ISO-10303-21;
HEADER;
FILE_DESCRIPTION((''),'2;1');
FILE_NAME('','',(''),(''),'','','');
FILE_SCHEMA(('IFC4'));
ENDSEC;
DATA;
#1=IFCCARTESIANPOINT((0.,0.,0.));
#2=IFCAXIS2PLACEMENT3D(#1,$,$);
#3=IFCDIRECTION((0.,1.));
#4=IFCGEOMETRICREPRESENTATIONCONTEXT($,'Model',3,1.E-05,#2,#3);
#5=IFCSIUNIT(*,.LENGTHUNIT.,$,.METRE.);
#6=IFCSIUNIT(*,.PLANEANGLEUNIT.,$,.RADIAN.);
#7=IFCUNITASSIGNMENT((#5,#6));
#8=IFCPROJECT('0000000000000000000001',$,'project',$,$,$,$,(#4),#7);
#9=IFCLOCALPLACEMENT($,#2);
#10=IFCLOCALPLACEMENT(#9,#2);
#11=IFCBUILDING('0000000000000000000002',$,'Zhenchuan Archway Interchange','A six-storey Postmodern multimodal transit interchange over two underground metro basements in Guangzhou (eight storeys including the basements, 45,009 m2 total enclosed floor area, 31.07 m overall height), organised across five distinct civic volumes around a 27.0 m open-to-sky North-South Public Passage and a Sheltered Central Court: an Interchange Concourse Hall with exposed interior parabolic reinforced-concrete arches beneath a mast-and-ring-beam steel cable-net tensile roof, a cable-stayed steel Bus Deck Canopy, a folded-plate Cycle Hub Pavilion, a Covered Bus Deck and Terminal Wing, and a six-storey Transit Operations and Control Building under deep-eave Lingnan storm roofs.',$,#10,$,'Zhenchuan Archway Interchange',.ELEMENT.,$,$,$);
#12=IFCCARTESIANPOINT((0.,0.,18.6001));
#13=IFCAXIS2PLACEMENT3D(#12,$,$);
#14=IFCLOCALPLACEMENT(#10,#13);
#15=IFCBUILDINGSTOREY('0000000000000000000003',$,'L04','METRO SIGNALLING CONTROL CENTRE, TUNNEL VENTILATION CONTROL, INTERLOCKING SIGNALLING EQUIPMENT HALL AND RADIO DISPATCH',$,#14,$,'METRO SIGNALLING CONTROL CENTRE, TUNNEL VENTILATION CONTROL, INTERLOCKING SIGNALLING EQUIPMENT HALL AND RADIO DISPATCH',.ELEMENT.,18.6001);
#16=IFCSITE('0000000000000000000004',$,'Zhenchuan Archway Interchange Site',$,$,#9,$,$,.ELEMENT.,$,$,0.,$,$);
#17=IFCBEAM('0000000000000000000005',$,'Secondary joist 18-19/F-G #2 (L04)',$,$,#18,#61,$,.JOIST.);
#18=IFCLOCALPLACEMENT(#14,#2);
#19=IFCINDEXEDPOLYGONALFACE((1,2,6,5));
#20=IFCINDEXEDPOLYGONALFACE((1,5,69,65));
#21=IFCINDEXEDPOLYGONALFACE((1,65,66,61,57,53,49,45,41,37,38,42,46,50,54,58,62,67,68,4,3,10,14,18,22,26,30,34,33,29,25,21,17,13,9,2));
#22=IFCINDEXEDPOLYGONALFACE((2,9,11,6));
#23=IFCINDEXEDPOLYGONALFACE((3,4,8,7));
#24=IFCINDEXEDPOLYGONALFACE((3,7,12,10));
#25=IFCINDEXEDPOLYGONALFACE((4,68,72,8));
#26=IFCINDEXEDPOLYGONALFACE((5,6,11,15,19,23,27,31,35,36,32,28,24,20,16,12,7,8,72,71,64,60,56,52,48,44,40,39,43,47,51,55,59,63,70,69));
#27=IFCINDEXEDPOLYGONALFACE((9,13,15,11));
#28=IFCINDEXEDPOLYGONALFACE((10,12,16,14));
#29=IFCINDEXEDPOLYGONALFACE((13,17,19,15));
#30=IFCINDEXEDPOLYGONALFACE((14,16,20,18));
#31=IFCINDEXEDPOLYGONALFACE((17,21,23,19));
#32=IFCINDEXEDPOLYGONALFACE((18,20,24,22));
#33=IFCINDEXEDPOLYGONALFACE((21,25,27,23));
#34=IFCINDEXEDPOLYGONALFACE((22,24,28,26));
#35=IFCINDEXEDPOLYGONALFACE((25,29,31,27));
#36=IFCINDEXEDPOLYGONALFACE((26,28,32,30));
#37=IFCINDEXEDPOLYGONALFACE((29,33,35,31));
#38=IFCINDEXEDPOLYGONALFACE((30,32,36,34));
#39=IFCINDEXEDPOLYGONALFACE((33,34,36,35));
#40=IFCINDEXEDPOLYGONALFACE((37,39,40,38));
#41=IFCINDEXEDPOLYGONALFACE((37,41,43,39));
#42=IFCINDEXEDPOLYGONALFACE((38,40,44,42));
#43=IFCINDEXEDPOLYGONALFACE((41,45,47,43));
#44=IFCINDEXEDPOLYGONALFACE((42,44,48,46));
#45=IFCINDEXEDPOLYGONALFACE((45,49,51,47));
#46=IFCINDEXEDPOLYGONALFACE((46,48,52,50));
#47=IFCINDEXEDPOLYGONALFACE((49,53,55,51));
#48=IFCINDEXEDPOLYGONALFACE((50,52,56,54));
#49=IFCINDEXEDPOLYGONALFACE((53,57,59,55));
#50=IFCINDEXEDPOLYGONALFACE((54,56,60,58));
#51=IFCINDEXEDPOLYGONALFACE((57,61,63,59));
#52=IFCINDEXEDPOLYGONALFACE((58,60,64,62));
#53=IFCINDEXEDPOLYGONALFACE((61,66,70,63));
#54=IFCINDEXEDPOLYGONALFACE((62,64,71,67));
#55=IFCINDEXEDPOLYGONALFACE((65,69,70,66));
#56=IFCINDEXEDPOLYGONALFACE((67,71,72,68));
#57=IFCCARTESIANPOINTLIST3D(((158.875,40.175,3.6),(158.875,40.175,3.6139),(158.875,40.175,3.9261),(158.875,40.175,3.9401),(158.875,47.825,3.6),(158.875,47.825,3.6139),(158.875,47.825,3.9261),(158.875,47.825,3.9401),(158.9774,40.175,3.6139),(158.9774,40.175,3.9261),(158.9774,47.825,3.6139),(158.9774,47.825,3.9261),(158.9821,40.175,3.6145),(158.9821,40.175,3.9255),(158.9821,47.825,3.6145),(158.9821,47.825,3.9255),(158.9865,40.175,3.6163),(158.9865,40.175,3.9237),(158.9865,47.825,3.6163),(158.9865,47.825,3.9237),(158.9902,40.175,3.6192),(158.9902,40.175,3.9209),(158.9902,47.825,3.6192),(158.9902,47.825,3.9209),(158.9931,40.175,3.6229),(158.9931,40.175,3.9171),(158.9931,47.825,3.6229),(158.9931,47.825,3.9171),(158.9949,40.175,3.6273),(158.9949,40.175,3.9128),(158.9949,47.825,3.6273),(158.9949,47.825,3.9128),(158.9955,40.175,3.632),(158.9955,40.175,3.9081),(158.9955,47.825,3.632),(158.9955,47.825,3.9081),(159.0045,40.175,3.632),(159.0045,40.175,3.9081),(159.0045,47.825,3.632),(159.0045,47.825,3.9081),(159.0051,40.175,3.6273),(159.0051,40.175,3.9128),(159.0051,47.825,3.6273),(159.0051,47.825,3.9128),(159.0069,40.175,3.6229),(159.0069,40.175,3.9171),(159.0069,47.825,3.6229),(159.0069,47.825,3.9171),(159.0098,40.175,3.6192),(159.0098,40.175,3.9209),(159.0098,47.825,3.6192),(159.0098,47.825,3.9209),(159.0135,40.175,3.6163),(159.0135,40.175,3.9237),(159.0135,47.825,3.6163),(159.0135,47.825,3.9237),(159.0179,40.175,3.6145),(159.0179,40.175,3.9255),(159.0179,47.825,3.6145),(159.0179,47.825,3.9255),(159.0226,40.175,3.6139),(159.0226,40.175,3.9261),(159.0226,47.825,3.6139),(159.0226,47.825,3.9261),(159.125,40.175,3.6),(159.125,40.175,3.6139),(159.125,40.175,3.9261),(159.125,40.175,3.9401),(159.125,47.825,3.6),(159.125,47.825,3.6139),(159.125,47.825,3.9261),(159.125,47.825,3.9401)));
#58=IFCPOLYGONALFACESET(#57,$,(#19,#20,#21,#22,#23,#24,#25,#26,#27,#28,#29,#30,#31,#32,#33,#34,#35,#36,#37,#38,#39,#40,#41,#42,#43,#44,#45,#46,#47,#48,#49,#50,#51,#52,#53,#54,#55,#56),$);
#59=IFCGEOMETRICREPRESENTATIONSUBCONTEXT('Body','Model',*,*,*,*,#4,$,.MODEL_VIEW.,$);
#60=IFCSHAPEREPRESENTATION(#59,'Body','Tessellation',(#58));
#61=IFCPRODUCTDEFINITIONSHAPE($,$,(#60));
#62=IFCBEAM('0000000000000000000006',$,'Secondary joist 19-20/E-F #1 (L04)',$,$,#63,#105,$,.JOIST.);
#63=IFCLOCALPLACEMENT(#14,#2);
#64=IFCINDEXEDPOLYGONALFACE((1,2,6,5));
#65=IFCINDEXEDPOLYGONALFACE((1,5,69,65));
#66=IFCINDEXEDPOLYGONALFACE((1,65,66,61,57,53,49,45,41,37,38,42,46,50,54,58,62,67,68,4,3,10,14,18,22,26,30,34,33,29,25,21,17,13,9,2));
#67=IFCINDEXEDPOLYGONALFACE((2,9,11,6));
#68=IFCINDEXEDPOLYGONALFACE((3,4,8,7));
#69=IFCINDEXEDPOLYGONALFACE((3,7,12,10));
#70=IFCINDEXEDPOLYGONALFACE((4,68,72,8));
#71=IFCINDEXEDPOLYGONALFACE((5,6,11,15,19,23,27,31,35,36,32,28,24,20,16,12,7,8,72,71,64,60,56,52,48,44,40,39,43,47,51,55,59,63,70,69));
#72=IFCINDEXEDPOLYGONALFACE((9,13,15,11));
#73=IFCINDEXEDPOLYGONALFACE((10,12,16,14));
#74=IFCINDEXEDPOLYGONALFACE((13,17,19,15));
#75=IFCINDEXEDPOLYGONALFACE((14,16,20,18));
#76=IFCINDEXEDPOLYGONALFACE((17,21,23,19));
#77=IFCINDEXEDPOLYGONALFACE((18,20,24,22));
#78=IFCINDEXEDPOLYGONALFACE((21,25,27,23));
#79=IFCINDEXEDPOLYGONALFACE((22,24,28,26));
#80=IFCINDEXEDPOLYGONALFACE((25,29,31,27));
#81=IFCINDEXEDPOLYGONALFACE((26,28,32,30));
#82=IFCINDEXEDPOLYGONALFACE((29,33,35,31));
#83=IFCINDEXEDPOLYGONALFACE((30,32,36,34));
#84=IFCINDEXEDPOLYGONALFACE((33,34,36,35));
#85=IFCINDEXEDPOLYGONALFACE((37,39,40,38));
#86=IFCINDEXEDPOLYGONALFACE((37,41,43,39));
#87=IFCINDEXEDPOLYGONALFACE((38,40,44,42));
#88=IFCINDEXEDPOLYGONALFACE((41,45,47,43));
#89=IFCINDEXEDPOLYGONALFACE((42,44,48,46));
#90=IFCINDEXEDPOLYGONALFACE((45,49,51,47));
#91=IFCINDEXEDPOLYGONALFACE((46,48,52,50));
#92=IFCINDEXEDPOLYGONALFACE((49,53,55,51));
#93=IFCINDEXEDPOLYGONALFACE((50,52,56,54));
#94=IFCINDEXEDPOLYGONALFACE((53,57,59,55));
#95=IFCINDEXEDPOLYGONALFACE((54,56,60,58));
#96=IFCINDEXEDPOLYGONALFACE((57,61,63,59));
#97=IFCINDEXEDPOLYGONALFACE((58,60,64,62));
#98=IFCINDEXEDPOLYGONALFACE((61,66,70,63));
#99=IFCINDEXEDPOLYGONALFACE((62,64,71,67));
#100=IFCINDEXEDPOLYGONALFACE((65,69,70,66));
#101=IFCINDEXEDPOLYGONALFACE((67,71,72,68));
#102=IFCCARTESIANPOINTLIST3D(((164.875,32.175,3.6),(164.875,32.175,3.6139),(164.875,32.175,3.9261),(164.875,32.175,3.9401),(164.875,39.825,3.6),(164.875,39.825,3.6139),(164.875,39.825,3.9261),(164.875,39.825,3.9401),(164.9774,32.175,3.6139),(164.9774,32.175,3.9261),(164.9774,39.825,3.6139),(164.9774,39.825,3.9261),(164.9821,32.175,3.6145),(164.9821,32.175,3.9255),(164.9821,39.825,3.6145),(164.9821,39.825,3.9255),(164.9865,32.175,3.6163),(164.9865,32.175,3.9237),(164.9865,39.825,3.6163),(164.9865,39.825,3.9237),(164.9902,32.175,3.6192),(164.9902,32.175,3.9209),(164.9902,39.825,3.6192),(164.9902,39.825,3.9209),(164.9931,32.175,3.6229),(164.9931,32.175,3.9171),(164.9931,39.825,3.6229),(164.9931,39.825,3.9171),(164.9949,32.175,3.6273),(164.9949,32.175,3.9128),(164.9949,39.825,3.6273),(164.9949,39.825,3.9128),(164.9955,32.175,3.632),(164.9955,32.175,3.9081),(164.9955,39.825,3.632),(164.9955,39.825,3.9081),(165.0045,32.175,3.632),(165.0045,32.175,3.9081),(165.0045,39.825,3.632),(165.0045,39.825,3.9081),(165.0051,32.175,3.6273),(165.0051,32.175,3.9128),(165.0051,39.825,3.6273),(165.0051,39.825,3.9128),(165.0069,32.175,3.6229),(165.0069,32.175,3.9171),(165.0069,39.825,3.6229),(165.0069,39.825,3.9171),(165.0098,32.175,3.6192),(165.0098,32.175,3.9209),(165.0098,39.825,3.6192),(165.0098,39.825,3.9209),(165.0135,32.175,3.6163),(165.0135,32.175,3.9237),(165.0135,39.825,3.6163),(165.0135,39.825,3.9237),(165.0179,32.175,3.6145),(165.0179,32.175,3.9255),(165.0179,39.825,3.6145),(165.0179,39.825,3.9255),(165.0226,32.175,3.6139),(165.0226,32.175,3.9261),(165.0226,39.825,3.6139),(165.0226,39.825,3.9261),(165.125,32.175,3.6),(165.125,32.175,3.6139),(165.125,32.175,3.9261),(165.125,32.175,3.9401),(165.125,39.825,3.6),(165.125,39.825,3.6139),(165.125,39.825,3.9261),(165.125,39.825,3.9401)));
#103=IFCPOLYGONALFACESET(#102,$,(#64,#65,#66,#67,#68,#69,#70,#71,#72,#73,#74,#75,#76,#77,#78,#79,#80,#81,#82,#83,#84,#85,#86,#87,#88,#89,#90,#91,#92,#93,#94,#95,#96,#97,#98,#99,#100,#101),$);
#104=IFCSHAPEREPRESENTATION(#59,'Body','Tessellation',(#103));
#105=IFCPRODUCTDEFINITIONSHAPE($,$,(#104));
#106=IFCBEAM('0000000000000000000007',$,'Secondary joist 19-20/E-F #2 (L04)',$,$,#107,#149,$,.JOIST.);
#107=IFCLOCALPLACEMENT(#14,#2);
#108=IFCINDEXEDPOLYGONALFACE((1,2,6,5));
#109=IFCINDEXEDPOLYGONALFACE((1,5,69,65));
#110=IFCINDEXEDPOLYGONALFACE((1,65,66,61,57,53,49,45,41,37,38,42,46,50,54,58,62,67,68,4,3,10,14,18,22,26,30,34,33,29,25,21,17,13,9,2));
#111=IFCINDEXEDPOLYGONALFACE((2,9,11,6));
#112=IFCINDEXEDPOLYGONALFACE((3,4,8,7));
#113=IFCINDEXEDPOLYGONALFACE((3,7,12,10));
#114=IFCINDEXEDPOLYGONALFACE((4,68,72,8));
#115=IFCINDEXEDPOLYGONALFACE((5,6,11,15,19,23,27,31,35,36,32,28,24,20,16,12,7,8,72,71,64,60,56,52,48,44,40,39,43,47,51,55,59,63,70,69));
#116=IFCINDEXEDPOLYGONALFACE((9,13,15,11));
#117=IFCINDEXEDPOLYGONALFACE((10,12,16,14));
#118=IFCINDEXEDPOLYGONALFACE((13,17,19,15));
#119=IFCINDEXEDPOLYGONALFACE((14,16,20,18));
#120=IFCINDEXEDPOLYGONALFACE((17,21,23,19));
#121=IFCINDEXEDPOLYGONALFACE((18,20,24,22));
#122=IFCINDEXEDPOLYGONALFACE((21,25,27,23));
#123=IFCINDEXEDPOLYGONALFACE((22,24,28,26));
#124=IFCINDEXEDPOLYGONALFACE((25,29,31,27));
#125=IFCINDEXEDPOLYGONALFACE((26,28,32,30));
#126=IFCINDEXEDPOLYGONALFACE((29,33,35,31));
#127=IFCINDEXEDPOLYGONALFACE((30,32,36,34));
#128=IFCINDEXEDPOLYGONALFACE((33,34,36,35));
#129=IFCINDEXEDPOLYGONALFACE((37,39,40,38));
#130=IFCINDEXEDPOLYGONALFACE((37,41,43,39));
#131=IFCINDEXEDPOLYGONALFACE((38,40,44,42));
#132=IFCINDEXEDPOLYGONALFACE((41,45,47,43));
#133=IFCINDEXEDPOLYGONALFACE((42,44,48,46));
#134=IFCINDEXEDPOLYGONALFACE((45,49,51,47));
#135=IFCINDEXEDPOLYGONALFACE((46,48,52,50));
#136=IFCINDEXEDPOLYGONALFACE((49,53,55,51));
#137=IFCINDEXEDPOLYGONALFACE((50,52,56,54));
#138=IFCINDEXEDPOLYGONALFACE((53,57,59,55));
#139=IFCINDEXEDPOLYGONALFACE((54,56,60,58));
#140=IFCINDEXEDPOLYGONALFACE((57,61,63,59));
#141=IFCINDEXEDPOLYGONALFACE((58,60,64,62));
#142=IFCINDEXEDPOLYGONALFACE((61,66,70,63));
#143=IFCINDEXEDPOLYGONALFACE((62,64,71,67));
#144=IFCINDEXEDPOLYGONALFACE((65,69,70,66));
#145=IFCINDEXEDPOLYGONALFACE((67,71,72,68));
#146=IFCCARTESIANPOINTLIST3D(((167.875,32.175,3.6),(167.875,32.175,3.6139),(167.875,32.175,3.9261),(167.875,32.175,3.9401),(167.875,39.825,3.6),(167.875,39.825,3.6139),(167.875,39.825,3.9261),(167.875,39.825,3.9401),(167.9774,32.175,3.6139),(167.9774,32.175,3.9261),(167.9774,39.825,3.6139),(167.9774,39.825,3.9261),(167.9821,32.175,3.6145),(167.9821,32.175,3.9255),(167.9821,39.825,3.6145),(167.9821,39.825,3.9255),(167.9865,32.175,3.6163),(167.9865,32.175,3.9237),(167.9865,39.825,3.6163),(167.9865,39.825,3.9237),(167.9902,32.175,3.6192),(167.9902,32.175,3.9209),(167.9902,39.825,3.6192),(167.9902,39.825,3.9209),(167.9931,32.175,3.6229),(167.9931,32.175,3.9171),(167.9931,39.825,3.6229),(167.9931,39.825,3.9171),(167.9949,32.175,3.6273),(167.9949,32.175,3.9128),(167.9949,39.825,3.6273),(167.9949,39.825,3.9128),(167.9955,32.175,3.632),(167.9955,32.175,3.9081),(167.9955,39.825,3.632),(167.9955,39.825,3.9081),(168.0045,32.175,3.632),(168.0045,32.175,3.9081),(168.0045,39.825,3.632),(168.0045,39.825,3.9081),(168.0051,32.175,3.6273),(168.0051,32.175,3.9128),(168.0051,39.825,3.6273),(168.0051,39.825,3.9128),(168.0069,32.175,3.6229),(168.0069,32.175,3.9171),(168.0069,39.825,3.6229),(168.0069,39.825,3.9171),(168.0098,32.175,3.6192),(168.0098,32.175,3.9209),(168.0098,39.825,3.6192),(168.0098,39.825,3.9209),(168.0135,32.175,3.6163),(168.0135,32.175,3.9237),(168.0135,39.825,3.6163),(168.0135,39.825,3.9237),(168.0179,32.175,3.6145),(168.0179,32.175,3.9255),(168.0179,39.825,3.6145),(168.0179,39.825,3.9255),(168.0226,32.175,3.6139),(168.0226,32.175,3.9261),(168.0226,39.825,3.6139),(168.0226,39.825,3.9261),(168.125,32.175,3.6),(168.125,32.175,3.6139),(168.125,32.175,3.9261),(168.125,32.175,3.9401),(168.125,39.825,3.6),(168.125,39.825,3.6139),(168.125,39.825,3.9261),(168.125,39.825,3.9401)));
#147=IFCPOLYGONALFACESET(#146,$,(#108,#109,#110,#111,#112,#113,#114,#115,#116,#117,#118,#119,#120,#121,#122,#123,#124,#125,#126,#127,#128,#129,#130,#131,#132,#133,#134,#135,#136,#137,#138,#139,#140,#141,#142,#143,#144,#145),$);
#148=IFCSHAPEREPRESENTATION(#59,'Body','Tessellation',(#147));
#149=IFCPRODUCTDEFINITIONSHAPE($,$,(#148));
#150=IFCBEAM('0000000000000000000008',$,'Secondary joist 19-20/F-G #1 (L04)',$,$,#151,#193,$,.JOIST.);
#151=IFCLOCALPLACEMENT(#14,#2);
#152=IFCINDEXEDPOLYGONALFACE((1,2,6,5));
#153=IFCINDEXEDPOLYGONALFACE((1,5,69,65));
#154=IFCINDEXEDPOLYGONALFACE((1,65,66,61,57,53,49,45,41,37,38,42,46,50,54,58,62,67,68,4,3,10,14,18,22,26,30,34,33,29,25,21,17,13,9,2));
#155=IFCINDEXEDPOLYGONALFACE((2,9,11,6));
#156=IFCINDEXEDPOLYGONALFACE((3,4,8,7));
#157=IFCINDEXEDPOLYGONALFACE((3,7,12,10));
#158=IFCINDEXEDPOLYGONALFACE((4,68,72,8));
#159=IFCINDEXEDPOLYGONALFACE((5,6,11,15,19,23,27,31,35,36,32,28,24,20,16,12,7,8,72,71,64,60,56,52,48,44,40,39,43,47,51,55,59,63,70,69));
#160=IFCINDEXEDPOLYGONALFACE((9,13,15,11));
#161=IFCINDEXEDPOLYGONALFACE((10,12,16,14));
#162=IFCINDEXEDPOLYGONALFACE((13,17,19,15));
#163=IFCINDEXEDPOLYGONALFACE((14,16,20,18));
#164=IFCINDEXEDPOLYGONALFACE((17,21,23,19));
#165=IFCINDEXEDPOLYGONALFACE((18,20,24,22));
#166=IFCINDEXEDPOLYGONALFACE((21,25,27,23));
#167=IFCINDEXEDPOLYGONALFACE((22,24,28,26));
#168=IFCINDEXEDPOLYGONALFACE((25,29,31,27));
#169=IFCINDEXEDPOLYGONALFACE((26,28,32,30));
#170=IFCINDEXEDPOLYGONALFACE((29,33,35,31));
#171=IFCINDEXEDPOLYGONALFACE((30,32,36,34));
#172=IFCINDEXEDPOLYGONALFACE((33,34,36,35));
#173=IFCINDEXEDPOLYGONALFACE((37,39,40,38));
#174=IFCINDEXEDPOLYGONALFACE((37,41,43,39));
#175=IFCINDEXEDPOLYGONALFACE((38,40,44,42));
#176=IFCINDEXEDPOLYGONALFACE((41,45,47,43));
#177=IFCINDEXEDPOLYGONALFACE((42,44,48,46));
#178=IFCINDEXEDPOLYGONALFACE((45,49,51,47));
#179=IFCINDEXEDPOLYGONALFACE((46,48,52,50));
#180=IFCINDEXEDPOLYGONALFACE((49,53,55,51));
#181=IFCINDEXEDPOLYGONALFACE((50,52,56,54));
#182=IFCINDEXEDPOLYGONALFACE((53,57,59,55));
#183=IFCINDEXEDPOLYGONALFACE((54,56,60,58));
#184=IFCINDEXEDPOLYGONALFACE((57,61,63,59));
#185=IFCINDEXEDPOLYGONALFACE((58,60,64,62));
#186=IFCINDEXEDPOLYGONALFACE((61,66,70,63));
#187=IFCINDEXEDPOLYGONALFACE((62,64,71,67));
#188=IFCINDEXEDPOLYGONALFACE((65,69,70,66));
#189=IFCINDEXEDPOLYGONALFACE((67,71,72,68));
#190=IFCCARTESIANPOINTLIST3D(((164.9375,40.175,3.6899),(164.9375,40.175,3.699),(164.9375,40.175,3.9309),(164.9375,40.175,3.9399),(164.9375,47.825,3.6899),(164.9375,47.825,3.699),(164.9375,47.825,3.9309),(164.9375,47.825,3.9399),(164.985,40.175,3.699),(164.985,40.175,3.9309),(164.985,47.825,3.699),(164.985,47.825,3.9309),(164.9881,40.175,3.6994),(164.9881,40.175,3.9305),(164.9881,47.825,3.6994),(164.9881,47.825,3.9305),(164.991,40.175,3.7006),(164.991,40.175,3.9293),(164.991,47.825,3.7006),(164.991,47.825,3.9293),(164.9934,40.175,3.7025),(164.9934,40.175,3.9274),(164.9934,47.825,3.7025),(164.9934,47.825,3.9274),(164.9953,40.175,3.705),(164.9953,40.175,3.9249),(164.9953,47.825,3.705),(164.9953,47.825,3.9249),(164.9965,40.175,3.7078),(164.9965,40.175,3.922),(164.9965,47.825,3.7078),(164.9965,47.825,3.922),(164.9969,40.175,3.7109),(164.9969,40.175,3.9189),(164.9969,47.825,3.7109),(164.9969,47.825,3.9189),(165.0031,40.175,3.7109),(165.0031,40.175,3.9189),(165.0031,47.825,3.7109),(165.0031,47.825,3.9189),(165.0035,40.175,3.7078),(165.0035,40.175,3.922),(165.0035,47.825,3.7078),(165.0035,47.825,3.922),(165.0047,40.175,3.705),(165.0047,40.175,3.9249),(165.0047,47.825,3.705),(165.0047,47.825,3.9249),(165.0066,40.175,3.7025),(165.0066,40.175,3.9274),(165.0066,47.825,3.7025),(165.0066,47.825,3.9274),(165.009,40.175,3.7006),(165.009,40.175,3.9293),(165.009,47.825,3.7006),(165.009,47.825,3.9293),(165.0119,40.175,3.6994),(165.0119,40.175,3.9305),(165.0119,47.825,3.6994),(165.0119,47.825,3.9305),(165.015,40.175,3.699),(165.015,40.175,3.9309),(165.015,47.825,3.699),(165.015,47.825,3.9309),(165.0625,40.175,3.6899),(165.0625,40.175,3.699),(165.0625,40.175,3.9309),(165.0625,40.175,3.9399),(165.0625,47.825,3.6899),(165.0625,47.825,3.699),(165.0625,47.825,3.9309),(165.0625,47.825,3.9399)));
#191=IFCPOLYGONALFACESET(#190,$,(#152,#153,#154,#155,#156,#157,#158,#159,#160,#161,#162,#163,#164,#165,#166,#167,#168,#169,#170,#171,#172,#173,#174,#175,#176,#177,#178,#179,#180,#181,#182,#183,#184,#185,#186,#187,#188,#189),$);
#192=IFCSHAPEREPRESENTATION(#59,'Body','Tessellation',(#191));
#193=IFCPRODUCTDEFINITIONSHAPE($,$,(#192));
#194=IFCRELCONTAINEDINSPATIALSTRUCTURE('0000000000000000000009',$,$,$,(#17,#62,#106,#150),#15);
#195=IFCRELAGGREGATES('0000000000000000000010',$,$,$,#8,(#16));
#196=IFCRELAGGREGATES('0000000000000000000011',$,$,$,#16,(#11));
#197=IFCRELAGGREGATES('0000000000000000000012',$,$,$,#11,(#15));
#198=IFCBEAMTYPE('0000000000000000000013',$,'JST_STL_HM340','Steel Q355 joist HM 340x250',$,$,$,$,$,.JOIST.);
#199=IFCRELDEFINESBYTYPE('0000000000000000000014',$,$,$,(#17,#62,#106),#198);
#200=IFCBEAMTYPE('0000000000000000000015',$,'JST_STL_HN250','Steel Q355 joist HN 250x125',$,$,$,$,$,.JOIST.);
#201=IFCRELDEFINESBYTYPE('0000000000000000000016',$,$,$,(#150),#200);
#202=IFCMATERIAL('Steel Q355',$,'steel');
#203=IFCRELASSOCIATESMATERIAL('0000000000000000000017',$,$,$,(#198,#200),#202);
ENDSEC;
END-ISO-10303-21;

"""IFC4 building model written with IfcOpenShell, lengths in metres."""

from ifc_helpers import new_model, si_unit, direction, frame, origin, origin_2d, place, context, subcontext, project, spatial, i_section, extrude, material, material_profile, profile_set, type_object, element, save


model = new_model("IFC4")

# Units and contexts
model_context = context("Model", 3, precision=1e-05, world=origin(), true_north=direction((0.0, 1.0)))
body_context = subcontext(model_context, "Body", "Model", "MODEL_VIEW")
ifc_project = project(units=[si_unit("LENGTHUNIT", "METRE"), si_unit("PLANEANGLEUNIT", "RADIAN")], contexts=[model_context])

# Site, building, storey
site_placement = place(None, origin())
site = spatial("IfcSite", under=ifc_project, at=site_placement, Name="Zhenchuan Archway Interchange Site", CompositionType="ELEMENT", RefElevation=0.0)
building_placement = place(site_placement, origin())
building = spatial("IfcBuilding", under=site, at=building_placement, Name="Zhenchuan Archway Interchange", Description="A six-storey Postmodern multimodal transit interchange over two underground metro basements in Guangzhou (eight storeys including the basements, 45,009 m2 total enclosed floor area, 31.07 m overall height), organised across five distinct civic volumes around a 27.0 m open-to-sky North-South Public Passage and a Sheltered Central Court: an Interchange Concourse Hall with exposed interior parabolic reinforced-concrete arches beneath a mast-and-ring-beam steel cable-net tensile roof, a cable-stayed steel Bus Deck Canopy, a folded-plate Cycle Hub Pavilion, a Covered Bus Deck and Terminal Wing, and a six-storey Transit Operations and Control Building under deep-eave Lingnan storm roofs.", LongName="Zhenchuan Archway Interchange", CompositionType="ELEMENT")
storey_placement = place(building_placement, frame((0.0, 0.0, 18.6001)))
storey = spatial("IfcBuildingStorey", under=building, at=storey_placement, Name="L04", Description="METRO SIGNALLING CONTROL CENTRE, TUNNEL VENTILATION CONTROL, INTERLOCKING SIGNALLING EQUIPMENT HALL AND RADIO DISPATCH", LongName="METRO SIGNALLING CONTROL CENTRE, TUNNEL VENTILATION CONTROL, INTERLOCKING SIGNALLING EQUIPMENT HALL AND RADIO DISPATCH", CompositionType="ELEMENT", Elevation=18.6001)

# Beams
ifc_material_1 = material(Name="Steel Q355", Category="steel")
ifc_material_profile_1 = material_profile(ifc_material_1, i_section(OverallWidth=0.25, OverallDepth=0.3401, WebThickness=0.009, FlangeThickness=0.0139, FilletRadius=0.0181, at=origin_2d()), Name="HM 340x250")
ifc_profile_set_1 = profile_set([ifc_material_profile_1], Name="Steel Q355")
beam_type_1 = type_object("IfcBeamType", Name="JST_STL_HM340", Description="Steel Q355 joist HM 340x250", PredefinedType="JOIST", material=ifc_profile_set_1)
for number, where, z_axis, x_axis, name in (
    (1, (159.0, 40.175, 3.77), (0.0, 1.0, 0.0), (-1.0, 0.0, 0.0), "Secondary joist 18-19/F-G #2 (L04)"),
    (2, (165.0, 32.175, 3.77), (0.0, 1.0, 0.0), (-1.0, 0.0, 0.0), "Secondary joist 19-20/E-F #1 (L04)"),
    (3, (168.0, 32.175, 3.77), (0.0, 1.0, 0.0), (-1.0, 0.0, 0.0), "Secondary joist 19-20/E-F #2 (L04)"),
):
    element("IfcBeam", number, at=place(storey_placement, frame(where, z_axis=z_axis, x_axis=x_axis)), inside=storey, type_object=beam_type_1, Name=name, PredefinedType="JOIST", context=body_context, shape_type="SweptSolid", body=[
        extrude(i_section(OverallWidth=0.25, OverallDepth=0.3401, WebThickness=0.009, FlangeThickness=0.0139, FilletRadius=0.0181, at=origin_2d()), origin(), (0.0, 0.0, 1.0), 7.6499),
    ])
ifc_material_profile_2 = material_profile(ifc_material_1, i_section(OverallWidth=0.125, OverallDepth=0.25, WebThickness=0.0061, FlangeThickness=0.009, FilletRadius=0.012, at=origin_2d()), Name="HN 250x125")
ifc_profile_set_2 = profile_set([ifc_material_profile_2], Name="Steel Q355")
beam_type_2 = type_object("IfcBeamType", Name="JST_STL_HN250", Description="Steel Q355 joist HN 250x125", PredefinedType="JOIST", material=ifc_profile_set_2)
for number, where, z_axis, x_axis, name in (
    (4, (165.0, 40.175, 3.8149), (0.0, 1.0, 0.0), (-1.0, 0.0, 0.0), "Secondary joist 19-20/F-G #1 (L04)"),
):
    element("IfcBeam", number, at=place(storey_placement, frame(where, z_axis=z_axis, x_axis=x_axis)), inside=storey, type_object=beam_type_2, Name=name, PredefinedType="JOIST", context=body_context, shape_type="SweptSolid", body=[
        extrude(i_section(OverallWidth=0.125, OverallDepth=0.25, WebThickness=0.0061, FlangeThickness=0.009, FilletRadius=0.012, at=origin_2d()), origin(), (0.0, 0.0, 1.0), 7.6499),
    ])

save(model, "model.ifc")
